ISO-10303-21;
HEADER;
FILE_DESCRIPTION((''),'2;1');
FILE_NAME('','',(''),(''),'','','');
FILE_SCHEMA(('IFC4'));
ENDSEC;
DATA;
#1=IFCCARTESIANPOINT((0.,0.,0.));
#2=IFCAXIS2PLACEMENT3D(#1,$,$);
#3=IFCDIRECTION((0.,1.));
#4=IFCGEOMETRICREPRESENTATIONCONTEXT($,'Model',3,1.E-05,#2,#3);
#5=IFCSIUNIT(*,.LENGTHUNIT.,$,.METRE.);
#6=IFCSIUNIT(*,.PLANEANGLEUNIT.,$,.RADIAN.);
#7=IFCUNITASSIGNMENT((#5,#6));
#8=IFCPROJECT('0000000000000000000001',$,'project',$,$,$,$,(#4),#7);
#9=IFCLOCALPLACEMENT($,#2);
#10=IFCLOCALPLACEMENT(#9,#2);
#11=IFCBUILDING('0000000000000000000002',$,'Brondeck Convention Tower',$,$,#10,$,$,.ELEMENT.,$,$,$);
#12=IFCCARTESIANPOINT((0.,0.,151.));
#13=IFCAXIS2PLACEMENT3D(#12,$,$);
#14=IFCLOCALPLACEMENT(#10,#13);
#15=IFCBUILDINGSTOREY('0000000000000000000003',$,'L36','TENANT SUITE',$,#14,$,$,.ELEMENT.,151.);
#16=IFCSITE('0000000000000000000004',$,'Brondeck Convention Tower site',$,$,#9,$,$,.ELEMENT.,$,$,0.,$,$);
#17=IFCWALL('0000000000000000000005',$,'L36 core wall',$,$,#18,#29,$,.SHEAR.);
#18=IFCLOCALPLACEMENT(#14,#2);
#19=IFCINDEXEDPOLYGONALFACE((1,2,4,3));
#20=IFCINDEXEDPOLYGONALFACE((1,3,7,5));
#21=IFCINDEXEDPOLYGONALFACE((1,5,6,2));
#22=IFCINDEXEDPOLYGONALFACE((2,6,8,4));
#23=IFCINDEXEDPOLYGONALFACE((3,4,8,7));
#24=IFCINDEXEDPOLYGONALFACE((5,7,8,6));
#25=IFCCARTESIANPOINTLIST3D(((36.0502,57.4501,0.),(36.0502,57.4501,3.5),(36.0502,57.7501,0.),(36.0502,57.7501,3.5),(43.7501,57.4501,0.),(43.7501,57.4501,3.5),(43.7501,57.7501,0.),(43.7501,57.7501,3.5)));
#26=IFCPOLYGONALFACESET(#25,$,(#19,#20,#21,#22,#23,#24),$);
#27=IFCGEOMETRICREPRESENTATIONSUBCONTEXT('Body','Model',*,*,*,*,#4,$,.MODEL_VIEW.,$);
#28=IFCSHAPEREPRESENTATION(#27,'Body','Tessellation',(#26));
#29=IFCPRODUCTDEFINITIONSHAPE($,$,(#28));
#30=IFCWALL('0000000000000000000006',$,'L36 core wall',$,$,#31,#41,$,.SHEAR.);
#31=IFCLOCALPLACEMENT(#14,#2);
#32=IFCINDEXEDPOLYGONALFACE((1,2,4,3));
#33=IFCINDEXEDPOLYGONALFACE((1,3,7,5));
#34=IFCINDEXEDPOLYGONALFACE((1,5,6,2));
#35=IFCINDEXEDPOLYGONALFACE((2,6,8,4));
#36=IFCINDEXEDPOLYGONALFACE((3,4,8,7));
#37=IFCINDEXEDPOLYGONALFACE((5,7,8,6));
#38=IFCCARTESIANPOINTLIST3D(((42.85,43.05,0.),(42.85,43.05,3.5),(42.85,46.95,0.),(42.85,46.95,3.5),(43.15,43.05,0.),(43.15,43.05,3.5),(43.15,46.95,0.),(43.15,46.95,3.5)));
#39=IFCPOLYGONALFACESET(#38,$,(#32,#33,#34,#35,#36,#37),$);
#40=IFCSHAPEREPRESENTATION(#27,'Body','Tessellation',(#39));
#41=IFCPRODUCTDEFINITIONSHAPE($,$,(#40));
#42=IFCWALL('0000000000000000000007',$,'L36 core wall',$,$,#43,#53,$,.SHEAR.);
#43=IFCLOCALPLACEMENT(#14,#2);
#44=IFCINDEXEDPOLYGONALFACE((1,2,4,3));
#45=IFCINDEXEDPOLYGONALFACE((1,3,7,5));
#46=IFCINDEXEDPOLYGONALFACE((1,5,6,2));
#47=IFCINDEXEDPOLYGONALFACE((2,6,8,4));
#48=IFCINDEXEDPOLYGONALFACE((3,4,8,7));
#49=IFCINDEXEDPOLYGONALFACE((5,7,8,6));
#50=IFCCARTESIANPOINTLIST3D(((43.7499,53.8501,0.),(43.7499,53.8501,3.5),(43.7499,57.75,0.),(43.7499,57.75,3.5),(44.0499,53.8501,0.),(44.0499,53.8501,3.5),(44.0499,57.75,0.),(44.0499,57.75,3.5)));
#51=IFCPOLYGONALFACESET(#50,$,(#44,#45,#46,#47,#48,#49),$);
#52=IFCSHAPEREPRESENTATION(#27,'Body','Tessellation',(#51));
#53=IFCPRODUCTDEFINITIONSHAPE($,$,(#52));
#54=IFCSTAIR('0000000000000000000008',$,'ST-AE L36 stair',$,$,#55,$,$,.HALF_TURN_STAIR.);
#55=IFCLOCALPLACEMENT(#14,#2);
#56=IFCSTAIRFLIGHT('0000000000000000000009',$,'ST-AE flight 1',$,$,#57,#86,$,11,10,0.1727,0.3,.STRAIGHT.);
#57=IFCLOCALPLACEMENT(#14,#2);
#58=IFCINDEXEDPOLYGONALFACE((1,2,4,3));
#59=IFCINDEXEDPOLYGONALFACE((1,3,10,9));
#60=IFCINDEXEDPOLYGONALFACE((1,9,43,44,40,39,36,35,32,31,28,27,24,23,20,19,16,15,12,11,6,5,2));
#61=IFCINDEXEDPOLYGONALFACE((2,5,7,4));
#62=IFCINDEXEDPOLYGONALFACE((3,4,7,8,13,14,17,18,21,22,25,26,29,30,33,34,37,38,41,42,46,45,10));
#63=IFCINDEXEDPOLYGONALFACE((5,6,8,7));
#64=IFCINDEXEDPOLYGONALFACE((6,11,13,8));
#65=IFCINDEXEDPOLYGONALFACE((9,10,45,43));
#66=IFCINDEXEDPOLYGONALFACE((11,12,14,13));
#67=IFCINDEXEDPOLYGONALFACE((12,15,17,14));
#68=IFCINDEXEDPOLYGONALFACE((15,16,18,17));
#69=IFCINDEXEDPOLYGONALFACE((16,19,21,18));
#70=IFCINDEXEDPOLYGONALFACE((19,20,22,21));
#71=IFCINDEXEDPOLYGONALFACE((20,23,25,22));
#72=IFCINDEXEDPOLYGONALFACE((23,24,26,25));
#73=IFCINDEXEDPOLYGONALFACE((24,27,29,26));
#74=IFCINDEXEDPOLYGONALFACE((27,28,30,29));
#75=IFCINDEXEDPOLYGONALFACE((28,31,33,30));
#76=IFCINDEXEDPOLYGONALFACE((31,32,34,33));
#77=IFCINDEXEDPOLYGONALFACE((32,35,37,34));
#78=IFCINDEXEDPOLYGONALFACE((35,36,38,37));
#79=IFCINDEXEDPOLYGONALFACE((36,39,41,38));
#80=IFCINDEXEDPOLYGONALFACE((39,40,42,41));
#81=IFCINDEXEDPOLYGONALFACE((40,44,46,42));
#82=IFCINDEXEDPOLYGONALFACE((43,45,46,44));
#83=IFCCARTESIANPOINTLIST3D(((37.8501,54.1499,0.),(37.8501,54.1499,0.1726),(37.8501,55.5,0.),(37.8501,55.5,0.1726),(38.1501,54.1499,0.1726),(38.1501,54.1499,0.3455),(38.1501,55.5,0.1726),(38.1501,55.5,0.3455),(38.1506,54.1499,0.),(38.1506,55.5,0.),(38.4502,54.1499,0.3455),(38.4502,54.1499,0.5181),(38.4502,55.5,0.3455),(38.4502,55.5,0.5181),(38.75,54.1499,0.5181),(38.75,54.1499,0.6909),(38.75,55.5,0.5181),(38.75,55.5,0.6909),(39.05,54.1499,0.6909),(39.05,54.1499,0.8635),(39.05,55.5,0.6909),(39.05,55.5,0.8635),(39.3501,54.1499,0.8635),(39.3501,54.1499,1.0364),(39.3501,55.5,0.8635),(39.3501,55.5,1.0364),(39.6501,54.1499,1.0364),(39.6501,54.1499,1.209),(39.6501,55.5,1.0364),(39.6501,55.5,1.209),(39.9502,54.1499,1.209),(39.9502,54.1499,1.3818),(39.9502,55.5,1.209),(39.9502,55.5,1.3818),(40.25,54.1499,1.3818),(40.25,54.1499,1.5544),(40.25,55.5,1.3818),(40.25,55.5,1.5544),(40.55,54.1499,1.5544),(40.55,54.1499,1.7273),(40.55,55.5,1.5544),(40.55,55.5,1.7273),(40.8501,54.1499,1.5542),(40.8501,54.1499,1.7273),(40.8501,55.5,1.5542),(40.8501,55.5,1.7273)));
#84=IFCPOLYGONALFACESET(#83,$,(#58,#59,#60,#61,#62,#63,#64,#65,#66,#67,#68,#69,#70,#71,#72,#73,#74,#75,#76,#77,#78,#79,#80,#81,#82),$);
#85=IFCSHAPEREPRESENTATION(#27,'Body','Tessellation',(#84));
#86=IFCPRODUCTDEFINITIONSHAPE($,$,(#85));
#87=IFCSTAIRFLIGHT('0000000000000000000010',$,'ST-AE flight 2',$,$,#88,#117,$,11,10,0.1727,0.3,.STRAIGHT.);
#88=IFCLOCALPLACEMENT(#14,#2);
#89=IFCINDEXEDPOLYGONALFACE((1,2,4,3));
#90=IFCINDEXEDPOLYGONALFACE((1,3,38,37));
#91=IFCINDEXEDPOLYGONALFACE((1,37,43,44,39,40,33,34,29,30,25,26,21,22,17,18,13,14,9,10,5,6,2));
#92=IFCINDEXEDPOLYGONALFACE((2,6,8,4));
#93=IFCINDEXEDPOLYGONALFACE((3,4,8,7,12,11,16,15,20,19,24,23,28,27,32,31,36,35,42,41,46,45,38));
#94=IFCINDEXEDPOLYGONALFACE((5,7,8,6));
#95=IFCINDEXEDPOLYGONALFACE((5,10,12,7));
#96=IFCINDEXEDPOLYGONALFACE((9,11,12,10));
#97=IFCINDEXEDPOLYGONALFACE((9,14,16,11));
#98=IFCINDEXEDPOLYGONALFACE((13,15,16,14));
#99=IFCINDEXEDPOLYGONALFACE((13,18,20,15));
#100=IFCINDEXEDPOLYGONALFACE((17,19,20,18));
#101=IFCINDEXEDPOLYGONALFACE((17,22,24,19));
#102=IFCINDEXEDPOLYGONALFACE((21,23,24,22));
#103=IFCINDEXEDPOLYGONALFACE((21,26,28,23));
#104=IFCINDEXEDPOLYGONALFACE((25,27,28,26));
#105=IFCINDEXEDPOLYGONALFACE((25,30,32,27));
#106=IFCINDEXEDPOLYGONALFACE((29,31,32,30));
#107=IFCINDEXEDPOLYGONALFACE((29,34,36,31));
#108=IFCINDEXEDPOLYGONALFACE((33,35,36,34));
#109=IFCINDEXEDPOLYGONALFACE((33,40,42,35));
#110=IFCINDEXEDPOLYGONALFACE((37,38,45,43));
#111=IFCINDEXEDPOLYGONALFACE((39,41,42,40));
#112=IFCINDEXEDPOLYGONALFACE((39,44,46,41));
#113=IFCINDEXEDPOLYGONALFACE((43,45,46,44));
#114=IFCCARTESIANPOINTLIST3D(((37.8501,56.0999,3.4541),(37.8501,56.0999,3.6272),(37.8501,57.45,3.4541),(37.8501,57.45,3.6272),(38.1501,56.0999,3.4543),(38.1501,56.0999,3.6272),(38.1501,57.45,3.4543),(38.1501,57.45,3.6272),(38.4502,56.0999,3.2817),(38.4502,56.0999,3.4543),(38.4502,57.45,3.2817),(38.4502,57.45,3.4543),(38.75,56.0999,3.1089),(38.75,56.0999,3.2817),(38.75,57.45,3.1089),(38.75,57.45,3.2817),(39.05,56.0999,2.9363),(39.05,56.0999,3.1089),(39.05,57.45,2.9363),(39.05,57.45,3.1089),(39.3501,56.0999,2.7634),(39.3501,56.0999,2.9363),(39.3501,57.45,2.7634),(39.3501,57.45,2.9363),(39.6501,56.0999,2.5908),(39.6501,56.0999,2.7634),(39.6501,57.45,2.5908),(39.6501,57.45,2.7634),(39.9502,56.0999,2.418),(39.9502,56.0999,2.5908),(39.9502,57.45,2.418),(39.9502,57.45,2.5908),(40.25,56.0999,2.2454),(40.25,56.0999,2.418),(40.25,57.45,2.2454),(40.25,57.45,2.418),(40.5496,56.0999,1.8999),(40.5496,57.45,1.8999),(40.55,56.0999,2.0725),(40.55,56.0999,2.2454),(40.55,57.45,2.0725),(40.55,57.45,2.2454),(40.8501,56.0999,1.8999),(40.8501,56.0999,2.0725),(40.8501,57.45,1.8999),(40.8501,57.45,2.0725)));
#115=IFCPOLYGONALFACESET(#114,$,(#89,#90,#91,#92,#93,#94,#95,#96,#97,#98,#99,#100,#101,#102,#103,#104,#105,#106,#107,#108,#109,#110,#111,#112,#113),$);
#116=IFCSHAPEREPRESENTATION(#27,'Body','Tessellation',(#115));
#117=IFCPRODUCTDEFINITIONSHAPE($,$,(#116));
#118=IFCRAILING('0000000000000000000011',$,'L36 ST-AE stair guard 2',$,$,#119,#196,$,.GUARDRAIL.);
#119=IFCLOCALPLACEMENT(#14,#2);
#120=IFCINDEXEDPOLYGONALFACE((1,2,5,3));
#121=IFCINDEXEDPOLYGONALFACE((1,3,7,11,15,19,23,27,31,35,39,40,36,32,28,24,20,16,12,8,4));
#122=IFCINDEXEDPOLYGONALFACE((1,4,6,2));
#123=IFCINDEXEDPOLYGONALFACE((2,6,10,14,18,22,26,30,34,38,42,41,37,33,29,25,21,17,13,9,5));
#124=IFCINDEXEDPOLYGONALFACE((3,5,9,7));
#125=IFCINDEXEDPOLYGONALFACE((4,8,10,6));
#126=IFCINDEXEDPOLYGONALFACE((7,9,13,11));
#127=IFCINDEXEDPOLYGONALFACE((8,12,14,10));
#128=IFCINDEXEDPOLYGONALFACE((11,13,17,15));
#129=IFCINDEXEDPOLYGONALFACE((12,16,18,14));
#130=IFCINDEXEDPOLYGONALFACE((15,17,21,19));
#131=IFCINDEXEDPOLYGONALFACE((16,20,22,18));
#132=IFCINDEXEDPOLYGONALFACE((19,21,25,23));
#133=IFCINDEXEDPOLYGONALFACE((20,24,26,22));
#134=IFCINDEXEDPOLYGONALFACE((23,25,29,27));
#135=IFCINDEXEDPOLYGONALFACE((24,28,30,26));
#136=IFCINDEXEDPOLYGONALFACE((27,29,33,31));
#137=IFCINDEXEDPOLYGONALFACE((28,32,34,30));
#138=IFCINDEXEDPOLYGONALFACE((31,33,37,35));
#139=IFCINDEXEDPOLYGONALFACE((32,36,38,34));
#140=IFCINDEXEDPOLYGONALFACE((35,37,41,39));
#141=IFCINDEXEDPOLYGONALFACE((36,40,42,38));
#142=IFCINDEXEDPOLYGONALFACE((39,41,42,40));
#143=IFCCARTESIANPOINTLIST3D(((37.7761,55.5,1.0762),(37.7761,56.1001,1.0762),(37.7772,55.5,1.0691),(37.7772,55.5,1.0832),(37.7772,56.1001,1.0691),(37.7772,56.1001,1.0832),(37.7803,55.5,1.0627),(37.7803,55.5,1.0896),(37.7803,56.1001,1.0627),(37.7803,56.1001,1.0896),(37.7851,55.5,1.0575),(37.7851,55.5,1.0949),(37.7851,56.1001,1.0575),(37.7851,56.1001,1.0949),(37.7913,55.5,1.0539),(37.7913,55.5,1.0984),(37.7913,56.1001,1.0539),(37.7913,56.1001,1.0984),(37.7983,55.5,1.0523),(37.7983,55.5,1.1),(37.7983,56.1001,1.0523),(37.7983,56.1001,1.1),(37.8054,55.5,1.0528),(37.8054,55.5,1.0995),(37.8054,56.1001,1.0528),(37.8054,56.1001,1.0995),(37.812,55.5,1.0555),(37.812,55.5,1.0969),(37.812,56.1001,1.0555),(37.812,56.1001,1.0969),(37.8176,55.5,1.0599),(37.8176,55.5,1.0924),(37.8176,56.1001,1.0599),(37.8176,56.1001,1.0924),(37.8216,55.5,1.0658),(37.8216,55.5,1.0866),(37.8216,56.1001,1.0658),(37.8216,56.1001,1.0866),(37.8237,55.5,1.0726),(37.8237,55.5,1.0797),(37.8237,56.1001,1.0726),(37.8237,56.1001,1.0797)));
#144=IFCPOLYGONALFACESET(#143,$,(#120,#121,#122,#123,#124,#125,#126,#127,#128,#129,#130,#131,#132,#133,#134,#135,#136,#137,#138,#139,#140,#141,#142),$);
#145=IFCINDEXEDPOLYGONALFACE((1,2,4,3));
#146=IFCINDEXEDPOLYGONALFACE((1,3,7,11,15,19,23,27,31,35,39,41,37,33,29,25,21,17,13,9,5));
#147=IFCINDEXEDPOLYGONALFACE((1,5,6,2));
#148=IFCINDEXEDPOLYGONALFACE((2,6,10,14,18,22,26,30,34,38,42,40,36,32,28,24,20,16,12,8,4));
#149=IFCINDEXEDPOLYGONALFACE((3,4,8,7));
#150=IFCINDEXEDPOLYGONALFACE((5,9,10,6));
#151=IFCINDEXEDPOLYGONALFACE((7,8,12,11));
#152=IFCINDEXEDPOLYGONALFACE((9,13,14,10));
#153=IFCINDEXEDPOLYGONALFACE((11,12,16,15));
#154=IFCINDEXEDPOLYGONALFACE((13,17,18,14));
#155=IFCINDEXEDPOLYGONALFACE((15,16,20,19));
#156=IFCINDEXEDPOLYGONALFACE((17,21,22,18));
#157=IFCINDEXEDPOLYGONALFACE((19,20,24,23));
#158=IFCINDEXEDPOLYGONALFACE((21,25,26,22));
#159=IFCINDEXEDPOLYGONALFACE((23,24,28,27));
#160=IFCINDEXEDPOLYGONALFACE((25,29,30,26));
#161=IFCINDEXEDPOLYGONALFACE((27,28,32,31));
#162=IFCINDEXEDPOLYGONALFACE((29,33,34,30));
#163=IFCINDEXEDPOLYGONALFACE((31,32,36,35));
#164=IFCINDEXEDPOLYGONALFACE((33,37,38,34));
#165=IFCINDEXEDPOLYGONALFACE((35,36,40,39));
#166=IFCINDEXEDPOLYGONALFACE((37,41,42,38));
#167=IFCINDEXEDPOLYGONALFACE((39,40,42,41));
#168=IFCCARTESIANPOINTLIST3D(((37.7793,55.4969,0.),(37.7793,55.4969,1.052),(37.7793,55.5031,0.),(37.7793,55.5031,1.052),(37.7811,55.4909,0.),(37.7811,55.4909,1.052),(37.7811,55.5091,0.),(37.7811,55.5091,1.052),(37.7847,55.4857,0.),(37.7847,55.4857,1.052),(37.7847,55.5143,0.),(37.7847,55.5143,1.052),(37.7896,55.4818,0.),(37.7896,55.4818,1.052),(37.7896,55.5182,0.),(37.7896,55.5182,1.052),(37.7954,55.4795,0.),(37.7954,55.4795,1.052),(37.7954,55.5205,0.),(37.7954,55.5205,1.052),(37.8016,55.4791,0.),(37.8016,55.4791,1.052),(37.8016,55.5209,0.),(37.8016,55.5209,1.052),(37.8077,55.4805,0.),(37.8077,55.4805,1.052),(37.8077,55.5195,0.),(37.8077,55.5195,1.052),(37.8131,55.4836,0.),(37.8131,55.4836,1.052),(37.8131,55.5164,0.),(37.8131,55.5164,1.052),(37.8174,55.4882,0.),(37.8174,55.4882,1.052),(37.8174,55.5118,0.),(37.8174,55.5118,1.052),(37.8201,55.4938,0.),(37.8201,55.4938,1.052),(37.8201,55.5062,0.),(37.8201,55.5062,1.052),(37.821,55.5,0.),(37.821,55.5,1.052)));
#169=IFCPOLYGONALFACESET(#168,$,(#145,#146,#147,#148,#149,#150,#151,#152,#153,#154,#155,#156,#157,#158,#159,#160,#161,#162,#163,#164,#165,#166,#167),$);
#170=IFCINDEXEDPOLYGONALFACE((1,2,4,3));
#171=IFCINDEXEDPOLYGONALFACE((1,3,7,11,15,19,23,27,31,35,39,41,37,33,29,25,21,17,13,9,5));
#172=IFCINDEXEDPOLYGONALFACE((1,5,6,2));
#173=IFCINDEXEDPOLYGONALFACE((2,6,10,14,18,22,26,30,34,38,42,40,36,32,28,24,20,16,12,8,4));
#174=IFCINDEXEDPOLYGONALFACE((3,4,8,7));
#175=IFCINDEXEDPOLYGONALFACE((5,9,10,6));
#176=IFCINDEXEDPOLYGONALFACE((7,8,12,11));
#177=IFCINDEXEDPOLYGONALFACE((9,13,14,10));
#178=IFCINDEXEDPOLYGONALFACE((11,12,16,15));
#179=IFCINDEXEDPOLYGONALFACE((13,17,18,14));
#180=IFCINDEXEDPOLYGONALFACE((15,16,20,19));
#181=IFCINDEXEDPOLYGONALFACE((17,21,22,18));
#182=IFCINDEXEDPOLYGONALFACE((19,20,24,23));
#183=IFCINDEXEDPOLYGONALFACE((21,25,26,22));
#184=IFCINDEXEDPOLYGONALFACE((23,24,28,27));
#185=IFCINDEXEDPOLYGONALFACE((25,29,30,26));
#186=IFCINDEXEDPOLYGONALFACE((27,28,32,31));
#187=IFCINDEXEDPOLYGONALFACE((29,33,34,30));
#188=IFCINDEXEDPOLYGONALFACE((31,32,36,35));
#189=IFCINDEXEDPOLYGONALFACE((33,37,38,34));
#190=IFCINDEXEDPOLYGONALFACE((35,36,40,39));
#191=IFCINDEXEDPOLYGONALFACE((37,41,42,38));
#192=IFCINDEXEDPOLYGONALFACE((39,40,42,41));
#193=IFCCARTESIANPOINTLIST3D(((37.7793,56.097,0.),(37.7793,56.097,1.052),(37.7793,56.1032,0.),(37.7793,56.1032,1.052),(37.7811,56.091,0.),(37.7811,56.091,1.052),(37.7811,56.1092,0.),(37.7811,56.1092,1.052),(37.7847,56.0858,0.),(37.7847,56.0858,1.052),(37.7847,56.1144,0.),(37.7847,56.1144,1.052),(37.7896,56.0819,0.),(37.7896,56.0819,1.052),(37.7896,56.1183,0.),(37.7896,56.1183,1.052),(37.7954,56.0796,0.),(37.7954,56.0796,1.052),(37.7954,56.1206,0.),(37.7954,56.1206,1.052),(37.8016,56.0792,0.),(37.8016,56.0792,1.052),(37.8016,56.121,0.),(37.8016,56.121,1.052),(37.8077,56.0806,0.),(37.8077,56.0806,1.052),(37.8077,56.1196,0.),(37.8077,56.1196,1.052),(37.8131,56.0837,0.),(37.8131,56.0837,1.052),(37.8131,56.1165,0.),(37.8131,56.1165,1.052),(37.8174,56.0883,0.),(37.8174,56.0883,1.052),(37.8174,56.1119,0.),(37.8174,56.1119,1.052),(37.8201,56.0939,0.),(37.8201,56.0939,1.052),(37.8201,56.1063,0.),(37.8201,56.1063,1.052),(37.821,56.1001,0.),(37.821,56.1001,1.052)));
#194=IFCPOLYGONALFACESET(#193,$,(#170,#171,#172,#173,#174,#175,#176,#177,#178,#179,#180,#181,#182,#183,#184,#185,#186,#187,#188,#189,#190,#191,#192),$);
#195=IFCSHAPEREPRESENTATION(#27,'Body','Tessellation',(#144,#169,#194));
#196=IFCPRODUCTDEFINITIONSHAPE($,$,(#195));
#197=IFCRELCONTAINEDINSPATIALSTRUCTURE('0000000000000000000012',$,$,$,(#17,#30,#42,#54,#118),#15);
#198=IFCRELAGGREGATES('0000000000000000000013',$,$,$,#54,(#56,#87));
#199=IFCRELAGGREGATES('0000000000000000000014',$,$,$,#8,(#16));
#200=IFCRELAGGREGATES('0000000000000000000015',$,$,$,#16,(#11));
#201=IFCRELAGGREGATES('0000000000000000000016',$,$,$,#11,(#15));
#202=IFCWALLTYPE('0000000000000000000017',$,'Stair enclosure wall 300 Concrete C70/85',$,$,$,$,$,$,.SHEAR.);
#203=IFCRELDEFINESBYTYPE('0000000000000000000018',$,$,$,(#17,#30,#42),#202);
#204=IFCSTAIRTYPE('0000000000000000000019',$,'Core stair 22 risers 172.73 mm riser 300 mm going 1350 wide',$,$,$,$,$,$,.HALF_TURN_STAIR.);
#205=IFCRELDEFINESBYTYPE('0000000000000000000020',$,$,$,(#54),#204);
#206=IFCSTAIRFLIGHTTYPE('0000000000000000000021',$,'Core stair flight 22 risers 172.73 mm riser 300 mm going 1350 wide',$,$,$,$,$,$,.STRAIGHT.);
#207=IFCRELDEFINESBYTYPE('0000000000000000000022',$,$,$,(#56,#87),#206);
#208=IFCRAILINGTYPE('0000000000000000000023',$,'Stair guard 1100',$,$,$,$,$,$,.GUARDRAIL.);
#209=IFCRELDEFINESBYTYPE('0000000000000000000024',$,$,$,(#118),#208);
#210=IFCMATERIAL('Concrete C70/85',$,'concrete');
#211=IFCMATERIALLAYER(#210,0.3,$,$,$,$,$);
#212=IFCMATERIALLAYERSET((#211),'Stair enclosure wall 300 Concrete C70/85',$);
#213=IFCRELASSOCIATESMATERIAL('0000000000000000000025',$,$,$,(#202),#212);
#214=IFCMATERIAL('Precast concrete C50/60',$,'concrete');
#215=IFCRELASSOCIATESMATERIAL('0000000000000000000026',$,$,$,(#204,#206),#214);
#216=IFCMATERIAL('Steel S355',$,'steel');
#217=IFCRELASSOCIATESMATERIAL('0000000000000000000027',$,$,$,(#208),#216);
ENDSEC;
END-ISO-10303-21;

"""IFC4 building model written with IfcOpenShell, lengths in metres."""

from ifc_helpers import new_model, si_unit, direction, frame, frame_2d, origin, origin_2d, place, context, subcontext, project, spatial, polyline, rectangle, circle, outline, extrude, material, layer, layer_set, type_object, element, aggregate, save


model = new_model("IFC4")

# Units and contexts
model_context = context("Model", 3, precision=1e-05, world=origin(), true_north=direction((0.0, 1.0)))
body_context = subcontext(model_context, "Body", "Model", "MODEL_VIEW")
ifc_project = project(units=[si_unit("LENGTHUNIT", "METRE"), si_unit("PLANEANGLEUNIT", "RADIAN")], contexts=[model_context])

# Site, building, storey
site_placement = place(None, origin())
site = spatial("IfcSite", under=ifc_project, at=site_placement, Name="Brondeck Convention Tower site", CompositionType="ELEMENT", RefElevation=0.0)
building_placement = place(site_placement, origin())
building = spatial("IfcBuilding", under=site, at=building_placement, Name="Brondeck Convention Tower", CompositionType="ELEMENT")
storey_placement = place(building_placement, frame((0.0, 0.0, 151.0)))
storey = spatial("IfcBuildingStorey", under=building, at=storey_placement, Name="L36", Description="TENANT SUITE", CompositionType="ELEMENT", Elevation=151.0)

# Shared definitions
ifc_material_1 = material(Name="Concrete C70/85", Category="concrete")

# Shared definitions
ifc_material_2 = material(Name="Steel S355", Category="steel")

# Shared definitions
ifc_layer_1 = layer(ifc_material_1, 0.3)
ifc_layer_set_1 = layer_set([ifc_layer_1], Name="Stair enclosure wall 300 Concrete C70/85")
wall_type_1 = type_object("IfcWallType", Name="Stair enclosure wall 300 Concrete C70/85", PredefinedType="SHEAR", material=ifc_layer_set_1)

# Walls
wall_1_placement = place(storey_placement, frame((36.05, 57.6001, 0.0), z_axis=(0.0, 0.0, 1.0), x_axis=(1.0, 0.0, 0.0)))
element("IfcWall", 1, at=wall_1_placement, inside=storey, type_object=wall_type_1, Name="L36 core wall", PredefinedType="SHEAR", context=body_context, shape_type="SweptSolid", body=[
    extrude(rectangle(XDim=7.7, YDim=0.3, at=frame_2d((3.8501, 0.0))), origin(), (0.0, 0.0, 1.0), 3.5),
])
for number, where, z_axis, x_axis, name in (
    (2, (43.0, 43.05, 0.0), (0.0, 0.0, 1.0), (0.0, 1.0, 0.0), "L36 core wall"),
    (3, (43.8999, 53.8501, 0.0), (0.0, 0.0, 1.0), (0.0, 1.0, 0.0), "L36 core wall"),
):
    element("IfcWall", number, at=place(storey_placement, frame(where, z_axis=z_axis, x_axis=x_axis)), inside=storey, type_object=wall_type_1, Name=name, PredefinedType="SHEAR", context=body_context, shape_type="SweptSolid", body=[
        extrude(rectangle(XDim=3.8999, YDim=0.3, at=frame_2d((1.95, 0.0))), origin(), (0.0, 0.0, 1.0), 3.5),
    ])

# Stair, stair flights
ifc_material_3 = material(Name="Precast concrete C50/60", Category="concrete")
stair_type = type_object("IfcStairType", Name="Core stair 22 risers 172.73 mm riser 300 mm going 1350 wide", PredefinedType="HALF_TURN_STAIR", material=ifc_material_3)
stair_placement = place(storey_placement, origin())
stair = element("IfcStair", 4, at=stair_placement, inside=storey, type_object=stair_type, Name="ST-AE L36 stair", PredefinedType="HALF_TURN_STAIR")
stair_flight_type = type_object("IfcStairFlightType", Name="Core stair flight 22 risers 172.73 mm riser 300 mm going 1350 wide", PredefinedType="STRAIGHT", material=ifc_material_3)
stair_flight_1_placement = place(storey_placement, frame((37.8501, 54.825, 0.0), z_axis=(0.0, 0.0, 1.0), x_axis=(1.0, 0.0, 0.0)))
stair_flight_1 = element("IfcStairFlight", 5, at=stair_flight_1_placement, type_object=stair_flight_type, Name="ST-AE flight 1", NumberOfRisers=11, NumberOfTreads=10, PredefinedType="STRAIGHT", RiserHeight=0.1727, TreadLength=0.3, context=body_context, shape_type="SweptSolid", body=[
    extrude(outline(polyline([(0.0, 0.0), (0.0, 0.1726), (0.3, 0.1726), (0.3, 0.3455), (0.6001, 0.3455), (0.6001, 0.5181), (0.8999, 0.5181), (0.8999, 0.6909), (1.2, 0.6909), (1.2, 0.8635), (1.5, 0.8635), (1.5, 1.0364), (1.8, 1.0364), (1.8, 1.209), (2.1001, 1.209), (2.1001, 1.3818), (2.3999, 1.3818), (2.3999, 1.5544), (2.7, 1.5544), (2.7, 1.7273), (3.0, 1.7273), (3.0, 1.8999), (3.0, 1.5542), (0.3005, 0.0), (0.0, 0.0)])), frame((0.0, 0.675, 0.0), z_axis=(0.0, -1.0, 0.0), x_axis=(1.0, 0.0, 0.0)), (0.0, 0.0, 1.0), 1.3501),
])
stair_flight_2_placement = place(storey_placement, frame((40.8501, 56.7749, 1.8999), z_axis=(0.0, 0.0, 1.0), x_axis=(-1.0, 0.0, 0.0)))
stair_flight_2 = element("IfcStairFlight", 6, at=stair_flight_2_placement, type_object=stair_flight_type, Name="ST-AE flight 2", NumberOfRisers=11, NumberOfTreads=10, PredefinedType="STRAIGHT", RiserHeight=0.1727, TreadLength=0.3, context=body_context, shape_type="SweptSolid", body=[
    extrude(outline(polyline([(0.0, 0.0), (0.0, 0.1726), (0.3, 0.1726), (0.3, 0.3455), (0.6001, 0.3455), (0.6001, 0.5181), (0.8999, 0.5181), (0.8999, 0.6909), (1.2, 0.6909), (1.2, 0.8635), (1.5, 0.8635), (1.5, 1.0364), (1.8, 1.0364), (1.8, 1.209), (2.1001, 1.209), (2.1001, 1.3818), (2.3999, 1.3818), (2.3999, 1.5544), (2.7, 1.5544), (2.7, 1.7273), (3.0, 1.7273), (3.0, 1.8999), (3.0, 1.5542), (0.3005, 0.0), (0.0, 0.0)])), frame((0.0, 0.675, 0.0), z_axis=(0.0, -1.0, 0.0), x_axis=(1.0, 0.0, 0.0)), (0.0, 0.0, 1.0), 1.3501),
])
aggregate(stair, [stair_flight_1, stair_flight_2])

# Railing
railing_type_1 = type_object("IfcRailingType", Name="Stair guard 1100", PredefinedType="GUARDRAIL", material=ifc_material_2)
railing_1_placement = place(storey_placement, frame((37.8, 55.5, 0.0)))
element("IfcRailing", 7, at=railing_1_placement, inside=storey, type_object=railing_type_1, Name="L36 ST-AE stair guard 2", PredefinedType="GUARDRAIL", context=body_context, shape_type="SweptSolid", body=[
    extrude(circle(Radius=0.0239, at=origin_2d()), frame((0.0, 0.0, 1.0762), z_axis=(0.0, 1.0, 0.0), x_axis=(-1.0, 0.0, 0.0)), (0.0, 0.0, 1.0), 0.6001),
    extrude(circle(Radius=0.021, at=origin_2d()), origin(), (0.0, 0.0, 1.0), 1.052),
    extrude(circle(Radius=0.021, at=origin_2d()), frame((0.0, 0.6001, 0.0)), (0.0, 0.0, 1.0), 1.052),
])

save(model, "model.ifc")
